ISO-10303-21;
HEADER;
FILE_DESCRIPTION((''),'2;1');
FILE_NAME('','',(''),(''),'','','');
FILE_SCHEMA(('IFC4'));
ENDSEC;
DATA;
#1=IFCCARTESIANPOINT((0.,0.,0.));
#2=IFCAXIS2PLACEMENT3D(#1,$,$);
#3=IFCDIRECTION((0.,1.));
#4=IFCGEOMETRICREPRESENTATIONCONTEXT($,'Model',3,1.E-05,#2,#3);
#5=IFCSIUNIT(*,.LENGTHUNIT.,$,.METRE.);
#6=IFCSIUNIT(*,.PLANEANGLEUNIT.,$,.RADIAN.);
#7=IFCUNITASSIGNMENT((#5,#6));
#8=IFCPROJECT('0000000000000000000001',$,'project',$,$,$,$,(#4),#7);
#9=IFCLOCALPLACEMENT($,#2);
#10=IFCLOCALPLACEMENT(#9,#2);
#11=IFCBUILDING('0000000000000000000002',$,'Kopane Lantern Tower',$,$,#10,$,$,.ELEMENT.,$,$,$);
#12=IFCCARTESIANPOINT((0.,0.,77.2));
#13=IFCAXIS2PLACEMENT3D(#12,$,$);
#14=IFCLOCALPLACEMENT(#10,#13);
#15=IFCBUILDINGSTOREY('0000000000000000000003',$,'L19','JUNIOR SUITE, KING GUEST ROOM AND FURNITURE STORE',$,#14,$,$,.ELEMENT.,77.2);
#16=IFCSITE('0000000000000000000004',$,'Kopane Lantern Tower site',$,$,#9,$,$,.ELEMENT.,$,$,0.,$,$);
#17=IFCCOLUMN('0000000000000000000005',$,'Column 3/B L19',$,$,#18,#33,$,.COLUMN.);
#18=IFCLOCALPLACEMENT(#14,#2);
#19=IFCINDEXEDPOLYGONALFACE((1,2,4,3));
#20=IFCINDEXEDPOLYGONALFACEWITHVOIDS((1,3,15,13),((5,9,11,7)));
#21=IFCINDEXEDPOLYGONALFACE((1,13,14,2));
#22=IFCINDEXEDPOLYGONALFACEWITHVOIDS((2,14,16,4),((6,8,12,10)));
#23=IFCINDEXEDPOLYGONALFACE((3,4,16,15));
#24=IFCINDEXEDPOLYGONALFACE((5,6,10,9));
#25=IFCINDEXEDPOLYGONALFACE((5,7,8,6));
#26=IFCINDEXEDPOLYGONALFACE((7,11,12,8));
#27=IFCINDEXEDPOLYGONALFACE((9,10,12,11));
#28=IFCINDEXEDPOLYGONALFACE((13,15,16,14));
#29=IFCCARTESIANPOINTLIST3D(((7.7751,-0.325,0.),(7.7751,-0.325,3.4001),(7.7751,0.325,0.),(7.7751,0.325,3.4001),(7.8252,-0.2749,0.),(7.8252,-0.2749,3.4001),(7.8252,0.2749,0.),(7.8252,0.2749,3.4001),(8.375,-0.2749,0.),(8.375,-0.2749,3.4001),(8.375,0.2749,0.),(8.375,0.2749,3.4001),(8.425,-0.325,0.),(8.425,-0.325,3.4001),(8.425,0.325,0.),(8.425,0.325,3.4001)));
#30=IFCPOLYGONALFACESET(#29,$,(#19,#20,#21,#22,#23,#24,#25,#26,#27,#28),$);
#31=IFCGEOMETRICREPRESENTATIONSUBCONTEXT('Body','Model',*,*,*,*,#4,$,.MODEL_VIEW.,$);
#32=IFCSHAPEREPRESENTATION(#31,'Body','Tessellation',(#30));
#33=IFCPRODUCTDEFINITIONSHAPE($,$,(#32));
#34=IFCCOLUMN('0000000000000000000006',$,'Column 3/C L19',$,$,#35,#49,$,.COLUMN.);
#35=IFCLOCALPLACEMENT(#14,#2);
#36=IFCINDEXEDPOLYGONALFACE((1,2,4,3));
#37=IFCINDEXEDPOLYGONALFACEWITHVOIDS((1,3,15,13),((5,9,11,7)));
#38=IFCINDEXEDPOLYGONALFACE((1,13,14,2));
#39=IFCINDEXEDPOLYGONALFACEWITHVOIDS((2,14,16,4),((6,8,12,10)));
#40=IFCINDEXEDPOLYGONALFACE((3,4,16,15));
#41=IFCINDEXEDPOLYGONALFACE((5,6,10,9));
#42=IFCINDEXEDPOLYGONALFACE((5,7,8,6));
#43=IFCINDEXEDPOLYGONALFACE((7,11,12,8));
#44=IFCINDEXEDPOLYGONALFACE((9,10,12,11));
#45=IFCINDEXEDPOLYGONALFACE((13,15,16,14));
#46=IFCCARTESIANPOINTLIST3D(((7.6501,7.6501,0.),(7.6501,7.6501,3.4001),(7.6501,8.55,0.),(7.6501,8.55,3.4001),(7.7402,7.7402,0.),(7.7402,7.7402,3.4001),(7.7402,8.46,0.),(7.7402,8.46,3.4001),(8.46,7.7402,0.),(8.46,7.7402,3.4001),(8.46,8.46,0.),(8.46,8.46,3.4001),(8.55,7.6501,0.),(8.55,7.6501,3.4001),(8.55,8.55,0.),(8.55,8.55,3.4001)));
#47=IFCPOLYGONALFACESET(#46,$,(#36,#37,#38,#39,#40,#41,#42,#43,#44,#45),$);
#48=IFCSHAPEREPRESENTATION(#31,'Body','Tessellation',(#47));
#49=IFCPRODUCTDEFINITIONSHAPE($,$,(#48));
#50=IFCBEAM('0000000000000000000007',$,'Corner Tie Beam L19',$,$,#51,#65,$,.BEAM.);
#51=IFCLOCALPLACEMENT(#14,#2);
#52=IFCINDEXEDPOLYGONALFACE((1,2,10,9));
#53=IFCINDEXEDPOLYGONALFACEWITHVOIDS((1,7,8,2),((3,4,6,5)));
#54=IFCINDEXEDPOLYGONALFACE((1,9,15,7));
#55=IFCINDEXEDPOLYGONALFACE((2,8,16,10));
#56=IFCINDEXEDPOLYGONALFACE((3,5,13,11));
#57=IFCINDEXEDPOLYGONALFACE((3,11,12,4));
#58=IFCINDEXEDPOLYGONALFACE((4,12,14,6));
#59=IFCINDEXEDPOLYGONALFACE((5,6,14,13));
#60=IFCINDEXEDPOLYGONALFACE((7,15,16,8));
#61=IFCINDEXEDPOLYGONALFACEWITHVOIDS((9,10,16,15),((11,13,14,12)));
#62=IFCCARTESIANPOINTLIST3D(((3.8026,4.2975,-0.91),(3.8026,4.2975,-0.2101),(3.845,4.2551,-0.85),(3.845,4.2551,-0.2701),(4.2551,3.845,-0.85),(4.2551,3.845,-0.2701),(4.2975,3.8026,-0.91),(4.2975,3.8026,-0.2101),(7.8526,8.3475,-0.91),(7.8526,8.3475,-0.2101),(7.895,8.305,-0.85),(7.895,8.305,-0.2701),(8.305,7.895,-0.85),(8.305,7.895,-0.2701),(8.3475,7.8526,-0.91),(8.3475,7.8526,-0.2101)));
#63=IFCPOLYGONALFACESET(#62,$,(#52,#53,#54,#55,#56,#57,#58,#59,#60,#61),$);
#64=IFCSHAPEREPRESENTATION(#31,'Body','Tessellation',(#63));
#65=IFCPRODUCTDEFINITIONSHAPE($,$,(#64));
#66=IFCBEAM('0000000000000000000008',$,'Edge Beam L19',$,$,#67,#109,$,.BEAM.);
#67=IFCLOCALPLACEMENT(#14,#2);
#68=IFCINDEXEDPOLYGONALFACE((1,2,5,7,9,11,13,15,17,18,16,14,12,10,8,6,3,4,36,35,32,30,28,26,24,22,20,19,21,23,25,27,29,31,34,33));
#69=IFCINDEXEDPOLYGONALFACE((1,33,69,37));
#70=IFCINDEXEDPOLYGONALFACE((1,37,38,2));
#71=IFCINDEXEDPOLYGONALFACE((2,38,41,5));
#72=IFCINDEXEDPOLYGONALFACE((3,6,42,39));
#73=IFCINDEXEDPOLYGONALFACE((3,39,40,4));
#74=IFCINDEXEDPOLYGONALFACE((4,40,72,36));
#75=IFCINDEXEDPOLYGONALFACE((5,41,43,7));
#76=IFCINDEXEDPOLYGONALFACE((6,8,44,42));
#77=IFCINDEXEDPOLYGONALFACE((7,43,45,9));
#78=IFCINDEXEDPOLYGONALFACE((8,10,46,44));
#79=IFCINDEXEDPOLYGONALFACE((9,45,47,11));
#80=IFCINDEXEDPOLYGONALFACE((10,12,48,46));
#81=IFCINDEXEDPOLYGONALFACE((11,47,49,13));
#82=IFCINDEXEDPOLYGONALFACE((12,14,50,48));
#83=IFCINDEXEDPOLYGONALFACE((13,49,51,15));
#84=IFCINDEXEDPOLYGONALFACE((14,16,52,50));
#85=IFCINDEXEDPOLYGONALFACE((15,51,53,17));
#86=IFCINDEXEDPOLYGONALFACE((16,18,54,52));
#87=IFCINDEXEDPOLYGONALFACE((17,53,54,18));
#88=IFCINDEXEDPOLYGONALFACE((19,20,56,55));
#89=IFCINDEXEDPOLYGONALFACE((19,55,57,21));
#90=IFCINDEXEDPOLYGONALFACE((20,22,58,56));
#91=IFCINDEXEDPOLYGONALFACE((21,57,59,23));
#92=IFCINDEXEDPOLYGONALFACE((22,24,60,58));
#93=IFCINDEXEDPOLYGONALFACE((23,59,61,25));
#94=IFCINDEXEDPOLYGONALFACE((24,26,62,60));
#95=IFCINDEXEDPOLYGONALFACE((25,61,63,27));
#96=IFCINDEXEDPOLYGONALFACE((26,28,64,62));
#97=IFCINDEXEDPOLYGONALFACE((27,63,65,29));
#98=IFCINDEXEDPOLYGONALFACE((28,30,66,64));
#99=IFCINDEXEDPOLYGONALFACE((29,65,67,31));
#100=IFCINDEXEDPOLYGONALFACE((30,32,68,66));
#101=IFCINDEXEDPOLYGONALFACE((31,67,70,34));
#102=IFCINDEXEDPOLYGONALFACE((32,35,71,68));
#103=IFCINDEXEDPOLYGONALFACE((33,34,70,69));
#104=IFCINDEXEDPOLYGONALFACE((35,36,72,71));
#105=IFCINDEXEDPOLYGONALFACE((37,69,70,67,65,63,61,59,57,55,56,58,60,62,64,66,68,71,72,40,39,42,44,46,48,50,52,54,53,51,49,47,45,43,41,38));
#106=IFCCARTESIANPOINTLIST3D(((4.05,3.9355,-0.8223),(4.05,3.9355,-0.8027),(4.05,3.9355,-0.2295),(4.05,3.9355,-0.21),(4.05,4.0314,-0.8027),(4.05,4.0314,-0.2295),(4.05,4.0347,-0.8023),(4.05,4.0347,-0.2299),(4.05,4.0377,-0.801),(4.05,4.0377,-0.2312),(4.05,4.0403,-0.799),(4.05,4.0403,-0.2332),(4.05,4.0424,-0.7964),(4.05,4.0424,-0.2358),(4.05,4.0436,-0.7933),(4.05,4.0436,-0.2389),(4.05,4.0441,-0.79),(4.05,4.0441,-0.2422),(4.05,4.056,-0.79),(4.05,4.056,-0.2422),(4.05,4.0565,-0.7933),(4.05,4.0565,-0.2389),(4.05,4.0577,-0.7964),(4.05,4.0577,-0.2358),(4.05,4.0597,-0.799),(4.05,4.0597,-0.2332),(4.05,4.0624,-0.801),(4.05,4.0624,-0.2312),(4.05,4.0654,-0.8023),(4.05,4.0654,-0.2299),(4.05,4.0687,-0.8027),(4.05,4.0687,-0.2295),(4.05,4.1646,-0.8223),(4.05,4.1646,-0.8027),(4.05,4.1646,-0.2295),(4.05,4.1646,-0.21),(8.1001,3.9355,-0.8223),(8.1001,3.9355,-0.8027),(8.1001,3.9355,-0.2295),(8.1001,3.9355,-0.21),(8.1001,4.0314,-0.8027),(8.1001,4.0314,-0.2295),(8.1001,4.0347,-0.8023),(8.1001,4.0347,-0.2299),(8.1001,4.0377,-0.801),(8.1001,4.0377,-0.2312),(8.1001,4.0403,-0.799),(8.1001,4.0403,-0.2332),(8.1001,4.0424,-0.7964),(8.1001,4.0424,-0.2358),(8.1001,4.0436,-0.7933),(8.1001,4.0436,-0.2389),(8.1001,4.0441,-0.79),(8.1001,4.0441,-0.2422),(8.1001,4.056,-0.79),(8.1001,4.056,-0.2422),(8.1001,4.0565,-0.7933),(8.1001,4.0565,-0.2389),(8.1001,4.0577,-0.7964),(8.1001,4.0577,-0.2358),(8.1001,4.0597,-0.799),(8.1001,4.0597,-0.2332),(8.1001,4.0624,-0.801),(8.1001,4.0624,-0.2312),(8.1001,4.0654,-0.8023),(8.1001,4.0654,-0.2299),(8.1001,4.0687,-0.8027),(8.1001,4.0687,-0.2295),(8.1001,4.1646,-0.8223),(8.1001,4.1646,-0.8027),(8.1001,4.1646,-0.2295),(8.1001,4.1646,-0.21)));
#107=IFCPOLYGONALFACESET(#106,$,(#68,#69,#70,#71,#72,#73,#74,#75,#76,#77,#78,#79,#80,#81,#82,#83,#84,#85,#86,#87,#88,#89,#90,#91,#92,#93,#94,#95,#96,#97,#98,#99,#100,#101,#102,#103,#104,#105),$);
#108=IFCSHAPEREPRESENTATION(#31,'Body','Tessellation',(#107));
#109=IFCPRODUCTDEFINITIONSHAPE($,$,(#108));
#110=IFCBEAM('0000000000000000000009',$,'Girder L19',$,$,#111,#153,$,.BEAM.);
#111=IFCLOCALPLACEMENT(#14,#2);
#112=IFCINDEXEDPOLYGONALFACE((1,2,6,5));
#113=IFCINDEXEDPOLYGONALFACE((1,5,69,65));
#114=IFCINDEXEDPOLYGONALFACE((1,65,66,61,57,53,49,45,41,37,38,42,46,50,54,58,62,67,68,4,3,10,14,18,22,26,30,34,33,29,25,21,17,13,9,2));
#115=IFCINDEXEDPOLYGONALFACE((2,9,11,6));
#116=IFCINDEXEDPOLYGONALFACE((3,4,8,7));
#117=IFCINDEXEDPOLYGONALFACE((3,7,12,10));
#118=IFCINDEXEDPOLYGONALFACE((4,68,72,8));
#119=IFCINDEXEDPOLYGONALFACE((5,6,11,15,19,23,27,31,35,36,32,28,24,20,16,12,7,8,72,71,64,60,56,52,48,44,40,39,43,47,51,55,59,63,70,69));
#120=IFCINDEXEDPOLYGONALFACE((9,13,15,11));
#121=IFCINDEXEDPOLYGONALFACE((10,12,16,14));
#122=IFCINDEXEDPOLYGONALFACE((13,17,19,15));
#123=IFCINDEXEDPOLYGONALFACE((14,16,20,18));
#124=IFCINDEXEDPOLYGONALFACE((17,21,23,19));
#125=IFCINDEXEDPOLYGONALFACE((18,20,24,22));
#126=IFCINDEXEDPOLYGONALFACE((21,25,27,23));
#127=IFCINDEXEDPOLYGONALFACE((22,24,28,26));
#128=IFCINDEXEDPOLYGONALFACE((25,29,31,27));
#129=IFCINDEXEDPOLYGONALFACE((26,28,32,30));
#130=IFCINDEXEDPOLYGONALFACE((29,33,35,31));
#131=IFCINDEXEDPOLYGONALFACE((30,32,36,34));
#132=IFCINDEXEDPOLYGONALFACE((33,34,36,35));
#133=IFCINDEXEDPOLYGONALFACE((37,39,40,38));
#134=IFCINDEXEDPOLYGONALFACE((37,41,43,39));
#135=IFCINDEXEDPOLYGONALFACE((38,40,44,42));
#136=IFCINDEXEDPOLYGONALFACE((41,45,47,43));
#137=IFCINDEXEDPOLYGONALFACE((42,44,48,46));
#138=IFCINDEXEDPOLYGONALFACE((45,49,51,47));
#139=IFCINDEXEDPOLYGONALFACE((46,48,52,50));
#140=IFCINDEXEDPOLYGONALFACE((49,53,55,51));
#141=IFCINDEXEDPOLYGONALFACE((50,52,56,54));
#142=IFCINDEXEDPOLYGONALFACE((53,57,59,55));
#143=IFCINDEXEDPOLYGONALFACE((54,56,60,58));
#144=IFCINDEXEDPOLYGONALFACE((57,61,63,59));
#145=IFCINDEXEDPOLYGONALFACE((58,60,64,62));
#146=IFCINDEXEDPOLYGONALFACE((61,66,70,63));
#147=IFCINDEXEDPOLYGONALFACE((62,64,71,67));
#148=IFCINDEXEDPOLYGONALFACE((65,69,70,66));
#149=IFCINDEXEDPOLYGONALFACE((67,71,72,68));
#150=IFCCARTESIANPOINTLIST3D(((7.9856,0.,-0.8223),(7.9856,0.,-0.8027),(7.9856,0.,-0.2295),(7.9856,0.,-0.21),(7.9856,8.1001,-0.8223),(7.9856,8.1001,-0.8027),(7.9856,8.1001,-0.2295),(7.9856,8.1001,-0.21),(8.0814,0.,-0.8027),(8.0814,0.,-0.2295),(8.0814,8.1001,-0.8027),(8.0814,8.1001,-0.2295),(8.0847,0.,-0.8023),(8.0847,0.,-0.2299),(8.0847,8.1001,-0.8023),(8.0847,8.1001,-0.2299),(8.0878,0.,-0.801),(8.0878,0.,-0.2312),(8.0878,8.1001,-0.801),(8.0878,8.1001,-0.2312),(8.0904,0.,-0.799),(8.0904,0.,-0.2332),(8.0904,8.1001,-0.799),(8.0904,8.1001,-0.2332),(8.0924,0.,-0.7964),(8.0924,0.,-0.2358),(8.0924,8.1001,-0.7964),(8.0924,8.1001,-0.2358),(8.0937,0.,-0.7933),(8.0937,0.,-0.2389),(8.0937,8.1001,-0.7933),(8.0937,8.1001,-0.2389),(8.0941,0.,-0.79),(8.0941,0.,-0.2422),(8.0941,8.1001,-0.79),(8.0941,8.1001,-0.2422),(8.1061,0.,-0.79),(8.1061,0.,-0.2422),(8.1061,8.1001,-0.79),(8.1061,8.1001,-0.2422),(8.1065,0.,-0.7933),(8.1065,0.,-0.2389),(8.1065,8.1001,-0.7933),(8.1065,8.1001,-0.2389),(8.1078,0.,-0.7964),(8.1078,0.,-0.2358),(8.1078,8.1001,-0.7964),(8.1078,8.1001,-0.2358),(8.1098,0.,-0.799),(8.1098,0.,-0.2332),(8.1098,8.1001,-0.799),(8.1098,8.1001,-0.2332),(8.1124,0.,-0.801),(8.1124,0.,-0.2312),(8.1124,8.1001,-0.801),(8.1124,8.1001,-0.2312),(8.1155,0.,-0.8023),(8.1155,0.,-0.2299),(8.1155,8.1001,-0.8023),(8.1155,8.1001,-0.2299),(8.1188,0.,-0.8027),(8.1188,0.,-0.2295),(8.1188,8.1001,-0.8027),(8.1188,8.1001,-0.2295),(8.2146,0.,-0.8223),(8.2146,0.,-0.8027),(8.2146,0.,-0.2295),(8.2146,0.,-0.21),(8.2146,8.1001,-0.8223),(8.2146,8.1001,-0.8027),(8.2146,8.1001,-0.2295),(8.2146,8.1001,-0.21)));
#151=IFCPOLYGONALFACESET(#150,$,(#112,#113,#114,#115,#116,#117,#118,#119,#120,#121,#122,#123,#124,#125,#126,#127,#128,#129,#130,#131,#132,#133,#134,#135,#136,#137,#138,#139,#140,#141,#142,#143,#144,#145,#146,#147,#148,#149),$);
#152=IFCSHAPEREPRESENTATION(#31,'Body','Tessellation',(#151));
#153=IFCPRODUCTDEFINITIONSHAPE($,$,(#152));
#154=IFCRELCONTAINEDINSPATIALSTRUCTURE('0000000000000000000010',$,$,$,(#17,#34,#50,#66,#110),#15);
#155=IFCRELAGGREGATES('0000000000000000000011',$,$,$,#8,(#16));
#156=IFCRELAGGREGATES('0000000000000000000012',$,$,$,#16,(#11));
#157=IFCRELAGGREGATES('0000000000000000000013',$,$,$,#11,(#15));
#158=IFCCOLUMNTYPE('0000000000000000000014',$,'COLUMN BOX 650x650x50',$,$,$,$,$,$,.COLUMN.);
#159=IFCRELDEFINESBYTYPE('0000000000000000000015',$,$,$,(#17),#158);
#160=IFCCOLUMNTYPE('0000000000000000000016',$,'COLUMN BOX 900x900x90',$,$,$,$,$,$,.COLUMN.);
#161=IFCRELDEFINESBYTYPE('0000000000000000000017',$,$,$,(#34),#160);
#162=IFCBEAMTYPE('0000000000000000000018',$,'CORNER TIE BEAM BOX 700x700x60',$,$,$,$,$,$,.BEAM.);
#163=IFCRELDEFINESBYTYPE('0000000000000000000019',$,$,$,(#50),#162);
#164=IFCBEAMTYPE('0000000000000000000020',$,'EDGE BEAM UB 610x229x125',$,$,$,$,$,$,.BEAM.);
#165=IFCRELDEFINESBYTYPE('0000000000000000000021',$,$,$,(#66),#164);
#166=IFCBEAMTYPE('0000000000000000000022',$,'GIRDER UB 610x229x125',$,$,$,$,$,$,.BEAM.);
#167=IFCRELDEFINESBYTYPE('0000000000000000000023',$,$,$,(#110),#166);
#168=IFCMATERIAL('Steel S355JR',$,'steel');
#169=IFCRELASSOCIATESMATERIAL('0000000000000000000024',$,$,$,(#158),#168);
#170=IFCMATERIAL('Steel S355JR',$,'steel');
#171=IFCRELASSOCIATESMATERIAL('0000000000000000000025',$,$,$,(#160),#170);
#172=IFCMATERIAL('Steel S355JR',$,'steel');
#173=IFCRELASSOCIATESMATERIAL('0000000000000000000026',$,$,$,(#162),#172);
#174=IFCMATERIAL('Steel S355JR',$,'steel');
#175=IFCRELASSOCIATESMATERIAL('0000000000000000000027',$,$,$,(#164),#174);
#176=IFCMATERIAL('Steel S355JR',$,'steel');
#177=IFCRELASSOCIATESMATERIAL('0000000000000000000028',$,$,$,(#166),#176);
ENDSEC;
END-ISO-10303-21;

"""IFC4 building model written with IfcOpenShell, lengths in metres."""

from ifc_helpers import new_model, si_unit, direction, frame, origin, origin_2d, place, context, subcontext, project, spatial, hollow_rectangle, i_section, extrude, material, material_profile, profile_set, type_object, element, save


model = new_model("IFC4")

# Units and contexts
model_context = context("Model", 3, precision=1e-05, world=origin(), true_north=direction((0.0, 1.0)))
body_context = subcontext(model_context, "Body", "Model", "MODEL_VIEW")
ifc_project = project(units=[si_unit("LENGTHUNIT", "METRE"), si_unit("PLANEANGLEUNIT", "RADIAN")], contexts=[model_context])

# Site, building, storey
site_placement = place(None, origin())
site = spatial("IfcSite", under=ifc_project, at=site_placement, Name="Kopane Lantern Tower site", CompositionType="ELEMENT", RefElevation=0.0)
building_placement = place(site_placement, origin())
building = spatial("IfcBuilding", under=site, at=building_placement, Name="Kopane Lantern Tower", CompositionType="ELEMENT")
storey_placement = place(building_placement, frame((0.0, 0.0, 77.2)))
storey = spatial("IfcBuildingStorey", under=building, at=storey_placement, Name="L19", Description="JUNIOR SUITE, KING GUEST ROOM AND FURNITURE STORE", CompositionType="ELEMENT", Elevation=77.2)

# Columns
ifc_material_1 = material(Name="Steel S355JR", Category="steel")
ifc_material_profile_1 = material_profile(ifc_material_1, hollow_rectangle(XDim=0.6499, YDim=0.6499, WallThickness=0.05, at=origin_2d()), Name="BOX 650x650x50")
ifc_profile_set_1 = profile_set([ifc_material_profile_1], Name="Steel S355JR")
column_type_1 = type_object("IfcColumnType", Name="COLUMN BOX 650x650x50", PredefinedType="COLUMN", material=ifc_profile_set_1)
column_1_placement = place(storey_placement, frame((8.1001, 0.0, 0.0), z_axis=(0.0, 0.0, 1.0), x_axis=(1.0, 0.0, 0.0)))
element("IfcColumn", 1, at=column_1_placement, inside=storey, type_object=column_type_1, Name="Column 3/B L19", PredefinedType="COLUMN", context=body_context, shape_type="SweptSolid", body=[
    extrude(hollow_rectangle(XDim=0.6499, YDim=0.6499, WallThickness=0.05, at=origin_2d()), origin(), (0.0, 0.0, 1.0), 3.4001),
])
ifc_material_2 = material(Name="Steel S355JR", Category="steel")
ifc_material_profile_2 = material_profile(ifc_material_2, hollow_rectangle(XDim=0.8999, YDim=0.8999, WallThickness=0.0901, at=origin_2d()), Name="BOX 900x900x90")
ifc_profile_set_2 = profile_set([ifc_material_profile_2], Name="Steel S355JR")
column_type_2 = type_object("IfcColumnType", Name="COLUMN BOX 900x900x90", PredefinedType="COLUMN", material=ifc_profile_set_2)
column_2_placement = place(storey_placement, frame((8.1001, 8.1001, 0.0), z_axis=(0.0, 0.0, 1.0), x_axis=(1.0, 0.0, 0.0)))
element("IfcColumn", 2, at=column_2_placement, inside=storey, type_object=column_type_2, Name="Column 3/C L19", PredefinedType="COLUMN", context=body_context, shape_type="SweptSolid", body=[
    extrude(hollow_rectangle(XDim=0.8999, YDim=0.8999, WallThickness=0.0901, at=origin_2d()), origin(), (0.0, 0.0, 1.0), 3.4001),
])

# Beams
ifc_material_3 = material(Name="Steel S355JR", Category="steel")
ifc_material_profile_3 = material_profile(ifc_material_3, hollow_rectangle(XDim=0.7, YDim=0.7, WallThickness=0.0601, at=origin_2d()), Name="BOX 700x700x60")
ifc_profile_set_3 = profile_set([ifc_material_profile_3], Name="Steel S355JR")
beam_type_1 = type_object("IfcBeamType", Name="CORNER TIE BEAM BOX 700x700x60", PredefinedType="BEAM", material=ifc_profile_set_3)
beam_1_placement = place(storey_placement, frame((4.05, 4.05, -0.5601), z_axis=(0.707107, 0.707107, 0.0), x_axis=(-0.707107, 0.707107, 0.0)))
element("IfcBeam", 3, at=beam_1_placement, inside=storey, type_object=beam_type_1, Name="Corner Tie Beam L19", PredefinedType="BEAM", context=body_context, shape_type="SweptSolid", body=[
    extrude(hollow_rectangle(XDim=0.7, YDim=0.7, WallThickness=0.0601, at=origin_2d()), origin(), (0.0, 0.0, 1.0), 5.7275),
])
ifc_material_4 = material(Name="Steel S355JR", Category="steel")
ifc_material_profile_4 = material_profile(ifc_material_4, i_section(OverallWidth=0.229, OverallDepth=0.6123, WebThickness=0.012, FlangeThickness=0.0195, FilletRadius=0.0127, at=origin_2d()), Name="UB 610x229x125")
ifc_profile_set_4 = profile_set([ifc_material_profile_4], Name="Steel S355JR")
beam_type_2 = type_object("IfcBeamType", Name="EDGE BEAM UB 610x229x125", PredefinedType="BEAM", material=ifc_profile_set_4)
beam_2_placement = place(storey_placement, frame((4.05, 4.05, -0.5161), z_axis=(1.0, 0.0, 0.0), x_axis=(0.0, 1.0, 0.0)))
element("IfcBeam", 4, at=beam_2_placement, inside=storey, type_object=beam_type_2, Name="Edge Beam L19", PredefinedType="BEAM", context=body_context, shape_type="SweptSolid", body=[
    extrude(i_section(OverallWidth=0.229, OverallDepth=0.6123, WebThickness=0.012, FlangeThickness=0.0195, FilletRadius=0.0127, at=origin_2d()), origin(), (0.0, 0.0, 1.0), 4.05),
])
ifc_material_5 = material(Name="Steel S355JR", Category="steel")
ifc_material_profile_5 = material_profile(ifc_material_5, i_section(OverallWidth=0.229, OverallDepth=0.6123, WebThickness=0.012, FlangeThickness=0.0195, FilletRadius=0.0127, at=origin_2d()), Name="UB 610x229x125")
ifc_profile_set_5 = profile_set([ifc_material_profile_5], Name="Steel S355JR")
beam_type_3 = type_object("IfcBeamType", Name="GIRDER UB 610x229x125", PredefinedType="BEAM", material=ifc_profile_set_5)
beam_3_placement = place(storey_placement, frame((8.1001, 0.0, -0.5161), z_axis=(0.0, 1.0, 0.0), x_axis=(-1.0, 0.0, 0.0)))
element("IfcBeam", 5, at=beam_3_placement, inside=storey, type_object=beam_type_3, Name="Girder L19", PredefinedType="BEAM", context=body_context, shape_type="SweptSolid", body=[
    extrude(i_section(OverallWidth=0.229, OverallDepth=0.6123, WebThickness=0.012, FlangeThickness=0.0195, FilletRadius=0.0127, at=origin_2d()), origin(), (0.0, 0.0, 1.0), 8.1001),
])

save(model, "model.ifc")
